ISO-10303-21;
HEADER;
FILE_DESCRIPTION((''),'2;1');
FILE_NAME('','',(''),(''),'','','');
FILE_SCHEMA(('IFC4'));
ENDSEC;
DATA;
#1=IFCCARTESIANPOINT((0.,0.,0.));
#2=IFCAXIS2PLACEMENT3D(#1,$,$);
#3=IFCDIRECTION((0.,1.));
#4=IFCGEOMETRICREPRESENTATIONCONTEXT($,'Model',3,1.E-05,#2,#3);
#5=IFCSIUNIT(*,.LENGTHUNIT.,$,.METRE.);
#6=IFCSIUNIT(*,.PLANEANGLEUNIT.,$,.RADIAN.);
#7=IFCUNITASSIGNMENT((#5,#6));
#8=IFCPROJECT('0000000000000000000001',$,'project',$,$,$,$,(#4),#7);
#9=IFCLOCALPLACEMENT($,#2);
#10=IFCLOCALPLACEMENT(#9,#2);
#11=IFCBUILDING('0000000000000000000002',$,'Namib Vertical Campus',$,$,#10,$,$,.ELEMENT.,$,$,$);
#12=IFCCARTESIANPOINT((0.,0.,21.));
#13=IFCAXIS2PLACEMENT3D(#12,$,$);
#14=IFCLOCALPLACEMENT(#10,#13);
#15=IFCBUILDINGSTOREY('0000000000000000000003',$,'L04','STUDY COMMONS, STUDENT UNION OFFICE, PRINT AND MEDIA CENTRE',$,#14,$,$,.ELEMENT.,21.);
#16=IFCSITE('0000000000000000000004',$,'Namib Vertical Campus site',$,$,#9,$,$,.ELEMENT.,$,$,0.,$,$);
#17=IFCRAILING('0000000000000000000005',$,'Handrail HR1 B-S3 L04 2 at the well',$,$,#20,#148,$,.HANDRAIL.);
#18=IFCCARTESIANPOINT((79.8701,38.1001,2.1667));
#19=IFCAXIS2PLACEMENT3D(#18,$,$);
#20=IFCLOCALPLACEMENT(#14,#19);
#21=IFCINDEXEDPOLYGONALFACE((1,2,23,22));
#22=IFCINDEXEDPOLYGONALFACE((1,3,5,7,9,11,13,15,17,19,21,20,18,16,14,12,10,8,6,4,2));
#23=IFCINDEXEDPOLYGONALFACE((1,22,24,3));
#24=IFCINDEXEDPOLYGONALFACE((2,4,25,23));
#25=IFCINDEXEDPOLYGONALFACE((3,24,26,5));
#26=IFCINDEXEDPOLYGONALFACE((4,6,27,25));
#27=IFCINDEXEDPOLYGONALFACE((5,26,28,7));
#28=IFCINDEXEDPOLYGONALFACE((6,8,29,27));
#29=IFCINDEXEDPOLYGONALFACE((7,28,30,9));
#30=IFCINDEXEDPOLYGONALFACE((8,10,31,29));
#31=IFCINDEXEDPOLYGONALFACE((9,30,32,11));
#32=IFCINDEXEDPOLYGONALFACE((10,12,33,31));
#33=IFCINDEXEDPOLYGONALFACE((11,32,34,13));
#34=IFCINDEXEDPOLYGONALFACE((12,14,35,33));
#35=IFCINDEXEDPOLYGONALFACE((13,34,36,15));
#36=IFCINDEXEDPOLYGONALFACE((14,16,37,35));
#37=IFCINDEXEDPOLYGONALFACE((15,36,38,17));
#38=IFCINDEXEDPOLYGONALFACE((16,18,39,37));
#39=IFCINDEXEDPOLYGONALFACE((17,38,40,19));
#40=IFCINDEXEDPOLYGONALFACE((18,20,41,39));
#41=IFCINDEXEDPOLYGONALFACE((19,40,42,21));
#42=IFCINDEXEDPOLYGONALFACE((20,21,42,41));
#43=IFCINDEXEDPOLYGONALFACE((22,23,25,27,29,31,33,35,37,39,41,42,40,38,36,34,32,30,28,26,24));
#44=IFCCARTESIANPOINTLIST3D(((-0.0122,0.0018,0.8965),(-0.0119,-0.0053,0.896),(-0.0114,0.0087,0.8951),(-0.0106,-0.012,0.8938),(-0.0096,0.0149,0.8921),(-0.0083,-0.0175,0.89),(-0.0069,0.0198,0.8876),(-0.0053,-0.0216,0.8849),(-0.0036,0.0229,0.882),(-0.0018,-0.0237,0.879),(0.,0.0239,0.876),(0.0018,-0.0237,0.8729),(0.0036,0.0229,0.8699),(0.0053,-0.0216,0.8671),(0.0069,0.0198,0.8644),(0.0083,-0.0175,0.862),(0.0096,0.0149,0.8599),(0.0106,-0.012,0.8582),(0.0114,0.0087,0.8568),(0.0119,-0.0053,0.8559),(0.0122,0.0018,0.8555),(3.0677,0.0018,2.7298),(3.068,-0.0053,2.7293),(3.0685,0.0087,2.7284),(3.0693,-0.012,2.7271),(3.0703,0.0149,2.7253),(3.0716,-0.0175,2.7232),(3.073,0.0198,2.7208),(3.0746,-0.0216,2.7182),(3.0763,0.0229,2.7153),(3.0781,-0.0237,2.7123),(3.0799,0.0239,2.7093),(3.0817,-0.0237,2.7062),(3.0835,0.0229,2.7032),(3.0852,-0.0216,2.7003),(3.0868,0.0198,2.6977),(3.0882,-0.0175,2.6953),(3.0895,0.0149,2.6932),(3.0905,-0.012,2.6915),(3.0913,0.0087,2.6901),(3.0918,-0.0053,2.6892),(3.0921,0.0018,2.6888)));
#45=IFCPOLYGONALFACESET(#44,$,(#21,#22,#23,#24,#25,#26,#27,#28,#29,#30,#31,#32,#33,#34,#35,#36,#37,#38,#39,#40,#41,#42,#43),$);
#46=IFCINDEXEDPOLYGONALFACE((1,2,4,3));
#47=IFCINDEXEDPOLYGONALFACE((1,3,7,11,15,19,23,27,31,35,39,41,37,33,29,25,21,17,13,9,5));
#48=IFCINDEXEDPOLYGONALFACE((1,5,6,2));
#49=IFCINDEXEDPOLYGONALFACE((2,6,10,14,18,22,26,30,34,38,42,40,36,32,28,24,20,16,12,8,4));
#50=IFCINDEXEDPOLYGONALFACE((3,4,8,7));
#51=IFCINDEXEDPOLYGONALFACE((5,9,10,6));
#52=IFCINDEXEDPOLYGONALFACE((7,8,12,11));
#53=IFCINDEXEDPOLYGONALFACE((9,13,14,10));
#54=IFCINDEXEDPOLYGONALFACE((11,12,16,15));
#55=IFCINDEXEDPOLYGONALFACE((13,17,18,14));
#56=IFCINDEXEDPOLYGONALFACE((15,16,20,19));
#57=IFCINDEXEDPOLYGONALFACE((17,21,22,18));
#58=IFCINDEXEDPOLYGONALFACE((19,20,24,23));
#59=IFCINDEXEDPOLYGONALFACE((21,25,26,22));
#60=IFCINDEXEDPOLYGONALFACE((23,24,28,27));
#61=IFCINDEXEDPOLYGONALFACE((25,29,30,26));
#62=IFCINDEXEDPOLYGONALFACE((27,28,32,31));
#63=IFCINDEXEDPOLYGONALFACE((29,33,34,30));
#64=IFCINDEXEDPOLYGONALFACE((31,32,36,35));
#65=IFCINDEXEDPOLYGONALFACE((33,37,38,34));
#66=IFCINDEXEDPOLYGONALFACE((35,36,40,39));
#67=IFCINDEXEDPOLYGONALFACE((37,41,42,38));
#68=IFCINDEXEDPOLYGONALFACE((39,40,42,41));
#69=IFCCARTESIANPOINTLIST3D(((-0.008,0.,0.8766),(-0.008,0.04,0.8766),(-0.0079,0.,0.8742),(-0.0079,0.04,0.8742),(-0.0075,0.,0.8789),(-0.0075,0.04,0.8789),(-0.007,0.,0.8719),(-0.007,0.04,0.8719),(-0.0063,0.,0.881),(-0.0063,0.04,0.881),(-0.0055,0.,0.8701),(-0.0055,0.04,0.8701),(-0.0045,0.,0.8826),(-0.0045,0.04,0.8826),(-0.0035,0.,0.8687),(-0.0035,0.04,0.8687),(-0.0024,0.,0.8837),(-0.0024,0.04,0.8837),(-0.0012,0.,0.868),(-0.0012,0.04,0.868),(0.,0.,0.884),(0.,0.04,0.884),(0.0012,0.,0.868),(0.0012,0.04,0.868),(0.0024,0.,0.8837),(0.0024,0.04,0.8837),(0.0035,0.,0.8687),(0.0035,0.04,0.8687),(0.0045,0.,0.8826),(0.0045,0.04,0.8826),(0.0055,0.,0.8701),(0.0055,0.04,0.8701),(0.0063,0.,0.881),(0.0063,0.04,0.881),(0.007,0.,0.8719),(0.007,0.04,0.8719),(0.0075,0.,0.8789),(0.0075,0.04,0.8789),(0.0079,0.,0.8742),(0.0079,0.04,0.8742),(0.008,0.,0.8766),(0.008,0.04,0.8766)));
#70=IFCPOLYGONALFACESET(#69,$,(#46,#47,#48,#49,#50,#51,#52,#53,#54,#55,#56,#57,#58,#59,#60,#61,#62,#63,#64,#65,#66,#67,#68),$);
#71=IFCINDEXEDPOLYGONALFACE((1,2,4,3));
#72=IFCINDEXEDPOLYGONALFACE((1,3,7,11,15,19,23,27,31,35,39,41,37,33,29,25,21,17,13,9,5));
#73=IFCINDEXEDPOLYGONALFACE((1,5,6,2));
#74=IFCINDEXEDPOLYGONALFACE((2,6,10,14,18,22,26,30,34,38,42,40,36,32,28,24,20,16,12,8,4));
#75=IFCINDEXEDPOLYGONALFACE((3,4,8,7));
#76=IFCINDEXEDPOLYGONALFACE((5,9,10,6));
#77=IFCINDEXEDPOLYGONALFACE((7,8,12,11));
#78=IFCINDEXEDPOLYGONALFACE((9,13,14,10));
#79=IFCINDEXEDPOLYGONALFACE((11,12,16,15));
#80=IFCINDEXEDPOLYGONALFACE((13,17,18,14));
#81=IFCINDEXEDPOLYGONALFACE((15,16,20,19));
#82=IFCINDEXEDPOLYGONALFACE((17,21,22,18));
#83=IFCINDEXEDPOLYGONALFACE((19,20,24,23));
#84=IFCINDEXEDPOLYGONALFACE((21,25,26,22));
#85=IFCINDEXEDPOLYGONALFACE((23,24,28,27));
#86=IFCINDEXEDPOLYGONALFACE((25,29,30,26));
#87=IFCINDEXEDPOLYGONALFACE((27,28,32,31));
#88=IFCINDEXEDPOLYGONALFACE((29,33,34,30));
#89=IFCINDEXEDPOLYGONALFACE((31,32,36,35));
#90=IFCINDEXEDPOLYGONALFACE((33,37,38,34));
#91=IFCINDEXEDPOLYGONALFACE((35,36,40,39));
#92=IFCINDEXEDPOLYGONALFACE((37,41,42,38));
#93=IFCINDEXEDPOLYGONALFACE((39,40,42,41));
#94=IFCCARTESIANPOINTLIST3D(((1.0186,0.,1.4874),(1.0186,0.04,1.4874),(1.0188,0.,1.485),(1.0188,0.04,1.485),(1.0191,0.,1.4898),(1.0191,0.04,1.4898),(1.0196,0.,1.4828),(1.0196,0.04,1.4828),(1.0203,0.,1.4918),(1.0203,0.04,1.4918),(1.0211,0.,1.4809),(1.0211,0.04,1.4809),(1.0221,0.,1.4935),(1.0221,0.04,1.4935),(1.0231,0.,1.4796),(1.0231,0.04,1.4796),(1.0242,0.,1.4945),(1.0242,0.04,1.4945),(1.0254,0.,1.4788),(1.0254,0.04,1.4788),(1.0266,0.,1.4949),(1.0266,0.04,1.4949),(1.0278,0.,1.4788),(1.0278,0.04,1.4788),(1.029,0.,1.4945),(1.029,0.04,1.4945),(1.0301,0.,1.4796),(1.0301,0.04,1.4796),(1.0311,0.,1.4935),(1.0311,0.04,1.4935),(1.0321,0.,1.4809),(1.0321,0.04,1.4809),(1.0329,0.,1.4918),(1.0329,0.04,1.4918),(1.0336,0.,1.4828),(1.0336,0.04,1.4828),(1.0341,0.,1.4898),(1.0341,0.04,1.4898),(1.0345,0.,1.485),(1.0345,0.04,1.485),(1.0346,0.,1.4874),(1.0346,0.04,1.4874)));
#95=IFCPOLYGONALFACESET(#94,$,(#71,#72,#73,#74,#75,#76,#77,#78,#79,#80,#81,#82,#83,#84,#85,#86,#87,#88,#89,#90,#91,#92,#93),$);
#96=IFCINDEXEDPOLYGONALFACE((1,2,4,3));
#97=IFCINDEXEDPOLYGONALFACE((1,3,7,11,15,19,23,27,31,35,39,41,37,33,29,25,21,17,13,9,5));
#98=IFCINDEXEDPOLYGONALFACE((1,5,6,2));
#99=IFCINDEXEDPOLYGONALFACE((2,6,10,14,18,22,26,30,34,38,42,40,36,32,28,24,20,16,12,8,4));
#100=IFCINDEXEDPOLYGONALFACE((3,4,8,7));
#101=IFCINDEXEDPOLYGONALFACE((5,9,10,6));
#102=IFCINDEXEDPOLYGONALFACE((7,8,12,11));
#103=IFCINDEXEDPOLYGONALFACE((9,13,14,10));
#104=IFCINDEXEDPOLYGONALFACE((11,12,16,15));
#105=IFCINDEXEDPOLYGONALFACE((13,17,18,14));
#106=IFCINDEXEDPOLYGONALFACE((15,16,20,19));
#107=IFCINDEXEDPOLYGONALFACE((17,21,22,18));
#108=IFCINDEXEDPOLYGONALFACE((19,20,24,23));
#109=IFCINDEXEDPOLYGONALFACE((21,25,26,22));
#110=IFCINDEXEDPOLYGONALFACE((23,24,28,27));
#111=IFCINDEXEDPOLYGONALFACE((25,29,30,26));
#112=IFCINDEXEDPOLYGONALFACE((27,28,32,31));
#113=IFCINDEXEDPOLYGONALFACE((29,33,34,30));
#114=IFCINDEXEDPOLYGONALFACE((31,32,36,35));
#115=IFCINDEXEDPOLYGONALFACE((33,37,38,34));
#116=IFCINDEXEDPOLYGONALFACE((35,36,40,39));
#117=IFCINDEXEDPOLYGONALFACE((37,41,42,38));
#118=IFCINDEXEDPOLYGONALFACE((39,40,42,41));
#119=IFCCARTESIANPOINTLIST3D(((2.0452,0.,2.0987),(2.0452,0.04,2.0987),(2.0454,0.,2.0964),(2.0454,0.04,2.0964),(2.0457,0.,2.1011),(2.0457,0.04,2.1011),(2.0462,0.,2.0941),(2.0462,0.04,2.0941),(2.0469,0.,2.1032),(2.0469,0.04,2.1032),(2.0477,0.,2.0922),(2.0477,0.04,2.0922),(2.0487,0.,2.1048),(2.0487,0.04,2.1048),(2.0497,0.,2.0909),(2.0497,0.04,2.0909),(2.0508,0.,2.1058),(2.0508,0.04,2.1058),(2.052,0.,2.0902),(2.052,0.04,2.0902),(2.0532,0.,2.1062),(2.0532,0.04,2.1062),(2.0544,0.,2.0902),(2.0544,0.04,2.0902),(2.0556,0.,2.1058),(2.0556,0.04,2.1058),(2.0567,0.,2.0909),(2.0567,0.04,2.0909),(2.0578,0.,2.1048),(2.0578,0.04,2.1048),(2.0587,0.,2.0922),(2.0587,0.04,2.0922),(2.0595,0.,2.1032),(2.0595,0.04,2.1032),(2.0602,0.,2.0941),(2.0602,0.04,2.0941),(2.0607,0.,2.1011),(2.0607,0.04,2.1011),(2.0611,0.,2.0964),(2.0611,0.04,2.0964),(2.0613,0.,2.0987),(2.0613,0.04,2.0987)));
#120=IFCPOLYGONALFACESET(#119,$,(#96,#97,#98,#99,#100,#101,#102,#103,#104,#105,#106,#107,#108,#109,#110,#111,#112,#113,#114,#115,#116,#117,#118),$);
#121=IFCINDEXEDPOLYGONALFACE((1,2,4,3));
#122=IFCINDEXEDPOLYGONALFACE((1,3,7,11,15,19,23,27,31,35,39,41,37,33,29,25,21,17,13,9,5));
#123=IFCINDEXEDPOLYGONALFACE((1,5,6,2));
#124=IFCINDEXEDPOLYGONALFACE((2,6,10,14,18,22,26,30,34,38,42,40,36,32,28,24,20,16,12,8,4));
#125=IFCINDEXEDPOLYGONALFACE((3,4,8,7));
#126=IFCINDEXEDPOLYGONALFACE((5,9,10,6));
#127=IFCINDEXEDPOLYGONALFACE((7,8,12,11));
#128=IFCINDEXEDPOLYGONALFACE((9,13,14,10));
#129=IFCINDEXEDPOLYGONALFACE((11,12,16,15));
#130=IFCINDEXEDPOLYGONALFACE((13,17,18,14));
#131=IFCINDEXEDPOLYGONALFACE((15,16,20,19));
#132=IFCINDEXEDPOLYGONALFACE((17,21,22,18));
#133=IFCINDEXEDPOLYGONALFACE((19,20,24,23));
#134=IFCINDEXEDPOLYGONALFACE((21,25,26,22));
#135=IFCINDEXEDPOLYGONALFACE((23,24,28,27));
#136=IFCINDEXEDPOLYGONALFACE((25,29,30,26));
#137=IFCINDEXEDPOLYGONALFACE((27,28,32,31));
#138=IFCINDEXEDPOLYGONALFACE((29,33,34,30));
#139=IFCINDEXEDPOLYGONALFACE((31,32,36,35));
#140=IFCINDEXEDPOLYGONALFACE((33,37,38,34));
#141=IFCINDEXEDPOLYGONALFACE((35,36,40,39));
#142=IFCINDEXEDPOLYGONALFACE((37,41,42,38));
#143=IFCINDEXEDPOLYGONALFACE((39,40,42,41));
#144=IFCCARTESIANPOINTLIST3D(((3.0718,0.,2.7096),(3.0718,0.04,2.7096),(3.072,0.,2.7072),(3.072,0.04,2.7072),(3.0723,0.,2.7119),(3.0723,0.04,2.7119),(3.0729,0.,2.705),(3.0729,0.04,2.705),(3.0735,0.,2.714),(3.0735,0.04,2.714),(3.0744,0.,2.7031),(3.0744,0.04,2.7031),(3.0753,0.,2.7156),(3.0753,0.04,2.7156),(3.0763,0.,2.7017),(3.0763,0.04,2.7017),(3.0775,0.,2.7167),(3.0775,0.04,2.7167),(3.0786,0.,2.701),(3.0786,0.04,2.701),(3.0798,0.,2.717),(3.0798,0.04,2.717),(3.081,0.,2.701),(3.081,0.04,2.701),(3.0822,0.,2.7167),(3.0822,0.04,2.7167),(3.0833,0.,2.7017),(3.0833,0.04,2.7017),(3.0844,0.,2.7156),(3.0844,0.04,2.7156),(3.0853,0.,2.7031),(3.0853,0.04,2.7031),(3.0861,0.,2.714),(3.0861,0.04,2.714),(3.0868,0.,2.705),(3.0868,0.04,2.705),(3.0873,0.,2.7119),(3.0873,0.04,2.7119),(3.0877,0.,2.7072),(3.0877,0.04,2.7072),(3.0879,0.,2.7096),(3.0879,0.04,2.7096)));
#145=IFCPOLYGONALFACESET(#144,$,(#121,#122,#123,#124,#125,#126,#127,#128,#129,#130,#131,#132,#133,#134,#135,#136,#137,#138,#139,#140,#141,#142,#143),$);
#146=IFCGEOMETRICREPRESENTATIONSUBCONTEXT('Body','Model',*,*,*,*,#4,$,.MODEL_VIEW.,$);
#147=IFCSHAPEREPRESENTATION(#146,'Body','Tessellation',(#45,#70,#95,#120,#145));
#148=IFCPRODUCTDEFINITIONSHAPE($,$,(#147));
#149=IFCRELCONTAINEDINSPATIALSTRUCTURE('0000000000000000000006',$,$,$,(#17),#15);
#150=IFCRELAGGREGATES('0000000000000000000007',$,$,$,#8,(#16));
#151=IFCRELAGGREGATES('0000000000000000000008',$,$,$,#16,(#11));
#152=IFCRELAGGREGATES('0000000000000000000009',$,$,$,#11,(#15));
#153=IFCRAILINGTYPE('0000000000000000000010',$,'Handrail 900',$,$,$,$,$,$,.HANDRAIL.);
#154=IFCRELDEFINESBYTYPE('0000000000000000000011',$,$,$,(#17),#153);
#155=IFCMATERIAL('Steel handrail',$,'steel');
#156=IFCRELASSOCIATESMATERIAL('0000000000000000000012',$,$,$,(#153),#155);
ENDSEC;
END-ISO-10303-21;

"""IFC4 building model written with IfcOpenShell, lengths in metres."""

from ifc_helpers import new_model, si_unit, direction, frame, origin, origin_2d, place, context, subcontext, project, spatial, circle, extrude, material, type_object, element, save


model = new_model("IFC4")

# Units and contexts
model_context = context("Model", 3, precision=1e-05, world=origin(), true_north=direction((0.0, 1.0)))
body_context = subcontext(model_context, "Body", "Model", "MODEL_VIEW")
ifc_project = project(units=[si_unit("LENGTHUNIT", "METRE"), si_unit("PLANEANGLEUNIT", "RADIAN")], contexts=[model_context])

# Site, building, storey
site_placement = place(None, origin())
site = spatial("IfcSite", under=ifc_project, at=site_placement, Name="Namib Vertical Campus site", CompositionType="ELEMENT", RefElevation=0.0)
building_placement = place(site_placement, origin())
building = spatial("IfcBuilding", under=site, at=building_placement, Name="Namib Vertical Campus", CompositionType="ELEMENT")
storey_placement = place(building_placement, frame((0.0, 0.0, 21.0)))
storey = spatial("IfcBuildingStorey", under=building, at=storey_placement, Name="L04", Description="STUDY COMMONS, STUDENT UNION OFFICE, PRINT AND MEDIA CENTRE", CompositionType="ELEMENT", Elevation=21.0)

# Railing
ifc_material_1 = material(Name="Steel handrail", Category="steel")
railing_type_1 = type_object("IfcRailingType", Name="Handrail 900", PredefinedType="HANDRAIL", material=ifc_material_1)
railing_1_placement = place(storey_placement, frame((79.8701, 38.1001, 2.1667)))
element("IfcRailing", 1, at=railing_1_placement, inside=storey, type_object=railing_type_1, Name="Handrail HR1 B-S3 L04 2 at the well", PredefinedType="HANDRAIL", context=body_context, shape_type="SweptSolid", body=[
    extrude(circle(Radius=0.0239, at=origin_2d()), frame((0.0, 0.0, 0.876), z_axis=(0.859291, 0.0, 0.511487), x_axis=(0.0, 1.0, 0.0)), (0.0, 0.0, 1.0), 3.5842),
    extrude(circle(Radius=0.0081, at=origin_2d()), frame((0.0, 0.0, 0.876), z_axis=(0.0, 1.0, 0.0), x_axis=(0.0, 0.0, 1.0)), (0.0, 0.0, 1.0), 0.04),
    extrude(circle(Radius=0.0081, at=origin_2d()), frame((1.0266, 0.0, 1.4868), z_axis=(0.0, 1.0, 0.0), x_axis=(0.0, 0.0, 1.0)), (0.0, 0.0, 1.0), 0.04),
    extrude(circle(Radius=0.0081, at=origin_2d()), frame((2.0532, 0.0, 2.0981), z_axis=(0.0, 1.0, 0.0), x_axis=(0.0, 0.0, 1.0)), (0.0, 0.0, 1.0), 0.04),
    extrude(circle(Radius=0.0081, at=origin_2d()), frame((3.0798, 0.0, 2.709), z_axis=(0.0, 1.0, 0.0), x_axis=(0.0, 0.0, 1.0)), (0.0, 0.0, 1.0), 0.04),
])

save(model, "model.ifc")
